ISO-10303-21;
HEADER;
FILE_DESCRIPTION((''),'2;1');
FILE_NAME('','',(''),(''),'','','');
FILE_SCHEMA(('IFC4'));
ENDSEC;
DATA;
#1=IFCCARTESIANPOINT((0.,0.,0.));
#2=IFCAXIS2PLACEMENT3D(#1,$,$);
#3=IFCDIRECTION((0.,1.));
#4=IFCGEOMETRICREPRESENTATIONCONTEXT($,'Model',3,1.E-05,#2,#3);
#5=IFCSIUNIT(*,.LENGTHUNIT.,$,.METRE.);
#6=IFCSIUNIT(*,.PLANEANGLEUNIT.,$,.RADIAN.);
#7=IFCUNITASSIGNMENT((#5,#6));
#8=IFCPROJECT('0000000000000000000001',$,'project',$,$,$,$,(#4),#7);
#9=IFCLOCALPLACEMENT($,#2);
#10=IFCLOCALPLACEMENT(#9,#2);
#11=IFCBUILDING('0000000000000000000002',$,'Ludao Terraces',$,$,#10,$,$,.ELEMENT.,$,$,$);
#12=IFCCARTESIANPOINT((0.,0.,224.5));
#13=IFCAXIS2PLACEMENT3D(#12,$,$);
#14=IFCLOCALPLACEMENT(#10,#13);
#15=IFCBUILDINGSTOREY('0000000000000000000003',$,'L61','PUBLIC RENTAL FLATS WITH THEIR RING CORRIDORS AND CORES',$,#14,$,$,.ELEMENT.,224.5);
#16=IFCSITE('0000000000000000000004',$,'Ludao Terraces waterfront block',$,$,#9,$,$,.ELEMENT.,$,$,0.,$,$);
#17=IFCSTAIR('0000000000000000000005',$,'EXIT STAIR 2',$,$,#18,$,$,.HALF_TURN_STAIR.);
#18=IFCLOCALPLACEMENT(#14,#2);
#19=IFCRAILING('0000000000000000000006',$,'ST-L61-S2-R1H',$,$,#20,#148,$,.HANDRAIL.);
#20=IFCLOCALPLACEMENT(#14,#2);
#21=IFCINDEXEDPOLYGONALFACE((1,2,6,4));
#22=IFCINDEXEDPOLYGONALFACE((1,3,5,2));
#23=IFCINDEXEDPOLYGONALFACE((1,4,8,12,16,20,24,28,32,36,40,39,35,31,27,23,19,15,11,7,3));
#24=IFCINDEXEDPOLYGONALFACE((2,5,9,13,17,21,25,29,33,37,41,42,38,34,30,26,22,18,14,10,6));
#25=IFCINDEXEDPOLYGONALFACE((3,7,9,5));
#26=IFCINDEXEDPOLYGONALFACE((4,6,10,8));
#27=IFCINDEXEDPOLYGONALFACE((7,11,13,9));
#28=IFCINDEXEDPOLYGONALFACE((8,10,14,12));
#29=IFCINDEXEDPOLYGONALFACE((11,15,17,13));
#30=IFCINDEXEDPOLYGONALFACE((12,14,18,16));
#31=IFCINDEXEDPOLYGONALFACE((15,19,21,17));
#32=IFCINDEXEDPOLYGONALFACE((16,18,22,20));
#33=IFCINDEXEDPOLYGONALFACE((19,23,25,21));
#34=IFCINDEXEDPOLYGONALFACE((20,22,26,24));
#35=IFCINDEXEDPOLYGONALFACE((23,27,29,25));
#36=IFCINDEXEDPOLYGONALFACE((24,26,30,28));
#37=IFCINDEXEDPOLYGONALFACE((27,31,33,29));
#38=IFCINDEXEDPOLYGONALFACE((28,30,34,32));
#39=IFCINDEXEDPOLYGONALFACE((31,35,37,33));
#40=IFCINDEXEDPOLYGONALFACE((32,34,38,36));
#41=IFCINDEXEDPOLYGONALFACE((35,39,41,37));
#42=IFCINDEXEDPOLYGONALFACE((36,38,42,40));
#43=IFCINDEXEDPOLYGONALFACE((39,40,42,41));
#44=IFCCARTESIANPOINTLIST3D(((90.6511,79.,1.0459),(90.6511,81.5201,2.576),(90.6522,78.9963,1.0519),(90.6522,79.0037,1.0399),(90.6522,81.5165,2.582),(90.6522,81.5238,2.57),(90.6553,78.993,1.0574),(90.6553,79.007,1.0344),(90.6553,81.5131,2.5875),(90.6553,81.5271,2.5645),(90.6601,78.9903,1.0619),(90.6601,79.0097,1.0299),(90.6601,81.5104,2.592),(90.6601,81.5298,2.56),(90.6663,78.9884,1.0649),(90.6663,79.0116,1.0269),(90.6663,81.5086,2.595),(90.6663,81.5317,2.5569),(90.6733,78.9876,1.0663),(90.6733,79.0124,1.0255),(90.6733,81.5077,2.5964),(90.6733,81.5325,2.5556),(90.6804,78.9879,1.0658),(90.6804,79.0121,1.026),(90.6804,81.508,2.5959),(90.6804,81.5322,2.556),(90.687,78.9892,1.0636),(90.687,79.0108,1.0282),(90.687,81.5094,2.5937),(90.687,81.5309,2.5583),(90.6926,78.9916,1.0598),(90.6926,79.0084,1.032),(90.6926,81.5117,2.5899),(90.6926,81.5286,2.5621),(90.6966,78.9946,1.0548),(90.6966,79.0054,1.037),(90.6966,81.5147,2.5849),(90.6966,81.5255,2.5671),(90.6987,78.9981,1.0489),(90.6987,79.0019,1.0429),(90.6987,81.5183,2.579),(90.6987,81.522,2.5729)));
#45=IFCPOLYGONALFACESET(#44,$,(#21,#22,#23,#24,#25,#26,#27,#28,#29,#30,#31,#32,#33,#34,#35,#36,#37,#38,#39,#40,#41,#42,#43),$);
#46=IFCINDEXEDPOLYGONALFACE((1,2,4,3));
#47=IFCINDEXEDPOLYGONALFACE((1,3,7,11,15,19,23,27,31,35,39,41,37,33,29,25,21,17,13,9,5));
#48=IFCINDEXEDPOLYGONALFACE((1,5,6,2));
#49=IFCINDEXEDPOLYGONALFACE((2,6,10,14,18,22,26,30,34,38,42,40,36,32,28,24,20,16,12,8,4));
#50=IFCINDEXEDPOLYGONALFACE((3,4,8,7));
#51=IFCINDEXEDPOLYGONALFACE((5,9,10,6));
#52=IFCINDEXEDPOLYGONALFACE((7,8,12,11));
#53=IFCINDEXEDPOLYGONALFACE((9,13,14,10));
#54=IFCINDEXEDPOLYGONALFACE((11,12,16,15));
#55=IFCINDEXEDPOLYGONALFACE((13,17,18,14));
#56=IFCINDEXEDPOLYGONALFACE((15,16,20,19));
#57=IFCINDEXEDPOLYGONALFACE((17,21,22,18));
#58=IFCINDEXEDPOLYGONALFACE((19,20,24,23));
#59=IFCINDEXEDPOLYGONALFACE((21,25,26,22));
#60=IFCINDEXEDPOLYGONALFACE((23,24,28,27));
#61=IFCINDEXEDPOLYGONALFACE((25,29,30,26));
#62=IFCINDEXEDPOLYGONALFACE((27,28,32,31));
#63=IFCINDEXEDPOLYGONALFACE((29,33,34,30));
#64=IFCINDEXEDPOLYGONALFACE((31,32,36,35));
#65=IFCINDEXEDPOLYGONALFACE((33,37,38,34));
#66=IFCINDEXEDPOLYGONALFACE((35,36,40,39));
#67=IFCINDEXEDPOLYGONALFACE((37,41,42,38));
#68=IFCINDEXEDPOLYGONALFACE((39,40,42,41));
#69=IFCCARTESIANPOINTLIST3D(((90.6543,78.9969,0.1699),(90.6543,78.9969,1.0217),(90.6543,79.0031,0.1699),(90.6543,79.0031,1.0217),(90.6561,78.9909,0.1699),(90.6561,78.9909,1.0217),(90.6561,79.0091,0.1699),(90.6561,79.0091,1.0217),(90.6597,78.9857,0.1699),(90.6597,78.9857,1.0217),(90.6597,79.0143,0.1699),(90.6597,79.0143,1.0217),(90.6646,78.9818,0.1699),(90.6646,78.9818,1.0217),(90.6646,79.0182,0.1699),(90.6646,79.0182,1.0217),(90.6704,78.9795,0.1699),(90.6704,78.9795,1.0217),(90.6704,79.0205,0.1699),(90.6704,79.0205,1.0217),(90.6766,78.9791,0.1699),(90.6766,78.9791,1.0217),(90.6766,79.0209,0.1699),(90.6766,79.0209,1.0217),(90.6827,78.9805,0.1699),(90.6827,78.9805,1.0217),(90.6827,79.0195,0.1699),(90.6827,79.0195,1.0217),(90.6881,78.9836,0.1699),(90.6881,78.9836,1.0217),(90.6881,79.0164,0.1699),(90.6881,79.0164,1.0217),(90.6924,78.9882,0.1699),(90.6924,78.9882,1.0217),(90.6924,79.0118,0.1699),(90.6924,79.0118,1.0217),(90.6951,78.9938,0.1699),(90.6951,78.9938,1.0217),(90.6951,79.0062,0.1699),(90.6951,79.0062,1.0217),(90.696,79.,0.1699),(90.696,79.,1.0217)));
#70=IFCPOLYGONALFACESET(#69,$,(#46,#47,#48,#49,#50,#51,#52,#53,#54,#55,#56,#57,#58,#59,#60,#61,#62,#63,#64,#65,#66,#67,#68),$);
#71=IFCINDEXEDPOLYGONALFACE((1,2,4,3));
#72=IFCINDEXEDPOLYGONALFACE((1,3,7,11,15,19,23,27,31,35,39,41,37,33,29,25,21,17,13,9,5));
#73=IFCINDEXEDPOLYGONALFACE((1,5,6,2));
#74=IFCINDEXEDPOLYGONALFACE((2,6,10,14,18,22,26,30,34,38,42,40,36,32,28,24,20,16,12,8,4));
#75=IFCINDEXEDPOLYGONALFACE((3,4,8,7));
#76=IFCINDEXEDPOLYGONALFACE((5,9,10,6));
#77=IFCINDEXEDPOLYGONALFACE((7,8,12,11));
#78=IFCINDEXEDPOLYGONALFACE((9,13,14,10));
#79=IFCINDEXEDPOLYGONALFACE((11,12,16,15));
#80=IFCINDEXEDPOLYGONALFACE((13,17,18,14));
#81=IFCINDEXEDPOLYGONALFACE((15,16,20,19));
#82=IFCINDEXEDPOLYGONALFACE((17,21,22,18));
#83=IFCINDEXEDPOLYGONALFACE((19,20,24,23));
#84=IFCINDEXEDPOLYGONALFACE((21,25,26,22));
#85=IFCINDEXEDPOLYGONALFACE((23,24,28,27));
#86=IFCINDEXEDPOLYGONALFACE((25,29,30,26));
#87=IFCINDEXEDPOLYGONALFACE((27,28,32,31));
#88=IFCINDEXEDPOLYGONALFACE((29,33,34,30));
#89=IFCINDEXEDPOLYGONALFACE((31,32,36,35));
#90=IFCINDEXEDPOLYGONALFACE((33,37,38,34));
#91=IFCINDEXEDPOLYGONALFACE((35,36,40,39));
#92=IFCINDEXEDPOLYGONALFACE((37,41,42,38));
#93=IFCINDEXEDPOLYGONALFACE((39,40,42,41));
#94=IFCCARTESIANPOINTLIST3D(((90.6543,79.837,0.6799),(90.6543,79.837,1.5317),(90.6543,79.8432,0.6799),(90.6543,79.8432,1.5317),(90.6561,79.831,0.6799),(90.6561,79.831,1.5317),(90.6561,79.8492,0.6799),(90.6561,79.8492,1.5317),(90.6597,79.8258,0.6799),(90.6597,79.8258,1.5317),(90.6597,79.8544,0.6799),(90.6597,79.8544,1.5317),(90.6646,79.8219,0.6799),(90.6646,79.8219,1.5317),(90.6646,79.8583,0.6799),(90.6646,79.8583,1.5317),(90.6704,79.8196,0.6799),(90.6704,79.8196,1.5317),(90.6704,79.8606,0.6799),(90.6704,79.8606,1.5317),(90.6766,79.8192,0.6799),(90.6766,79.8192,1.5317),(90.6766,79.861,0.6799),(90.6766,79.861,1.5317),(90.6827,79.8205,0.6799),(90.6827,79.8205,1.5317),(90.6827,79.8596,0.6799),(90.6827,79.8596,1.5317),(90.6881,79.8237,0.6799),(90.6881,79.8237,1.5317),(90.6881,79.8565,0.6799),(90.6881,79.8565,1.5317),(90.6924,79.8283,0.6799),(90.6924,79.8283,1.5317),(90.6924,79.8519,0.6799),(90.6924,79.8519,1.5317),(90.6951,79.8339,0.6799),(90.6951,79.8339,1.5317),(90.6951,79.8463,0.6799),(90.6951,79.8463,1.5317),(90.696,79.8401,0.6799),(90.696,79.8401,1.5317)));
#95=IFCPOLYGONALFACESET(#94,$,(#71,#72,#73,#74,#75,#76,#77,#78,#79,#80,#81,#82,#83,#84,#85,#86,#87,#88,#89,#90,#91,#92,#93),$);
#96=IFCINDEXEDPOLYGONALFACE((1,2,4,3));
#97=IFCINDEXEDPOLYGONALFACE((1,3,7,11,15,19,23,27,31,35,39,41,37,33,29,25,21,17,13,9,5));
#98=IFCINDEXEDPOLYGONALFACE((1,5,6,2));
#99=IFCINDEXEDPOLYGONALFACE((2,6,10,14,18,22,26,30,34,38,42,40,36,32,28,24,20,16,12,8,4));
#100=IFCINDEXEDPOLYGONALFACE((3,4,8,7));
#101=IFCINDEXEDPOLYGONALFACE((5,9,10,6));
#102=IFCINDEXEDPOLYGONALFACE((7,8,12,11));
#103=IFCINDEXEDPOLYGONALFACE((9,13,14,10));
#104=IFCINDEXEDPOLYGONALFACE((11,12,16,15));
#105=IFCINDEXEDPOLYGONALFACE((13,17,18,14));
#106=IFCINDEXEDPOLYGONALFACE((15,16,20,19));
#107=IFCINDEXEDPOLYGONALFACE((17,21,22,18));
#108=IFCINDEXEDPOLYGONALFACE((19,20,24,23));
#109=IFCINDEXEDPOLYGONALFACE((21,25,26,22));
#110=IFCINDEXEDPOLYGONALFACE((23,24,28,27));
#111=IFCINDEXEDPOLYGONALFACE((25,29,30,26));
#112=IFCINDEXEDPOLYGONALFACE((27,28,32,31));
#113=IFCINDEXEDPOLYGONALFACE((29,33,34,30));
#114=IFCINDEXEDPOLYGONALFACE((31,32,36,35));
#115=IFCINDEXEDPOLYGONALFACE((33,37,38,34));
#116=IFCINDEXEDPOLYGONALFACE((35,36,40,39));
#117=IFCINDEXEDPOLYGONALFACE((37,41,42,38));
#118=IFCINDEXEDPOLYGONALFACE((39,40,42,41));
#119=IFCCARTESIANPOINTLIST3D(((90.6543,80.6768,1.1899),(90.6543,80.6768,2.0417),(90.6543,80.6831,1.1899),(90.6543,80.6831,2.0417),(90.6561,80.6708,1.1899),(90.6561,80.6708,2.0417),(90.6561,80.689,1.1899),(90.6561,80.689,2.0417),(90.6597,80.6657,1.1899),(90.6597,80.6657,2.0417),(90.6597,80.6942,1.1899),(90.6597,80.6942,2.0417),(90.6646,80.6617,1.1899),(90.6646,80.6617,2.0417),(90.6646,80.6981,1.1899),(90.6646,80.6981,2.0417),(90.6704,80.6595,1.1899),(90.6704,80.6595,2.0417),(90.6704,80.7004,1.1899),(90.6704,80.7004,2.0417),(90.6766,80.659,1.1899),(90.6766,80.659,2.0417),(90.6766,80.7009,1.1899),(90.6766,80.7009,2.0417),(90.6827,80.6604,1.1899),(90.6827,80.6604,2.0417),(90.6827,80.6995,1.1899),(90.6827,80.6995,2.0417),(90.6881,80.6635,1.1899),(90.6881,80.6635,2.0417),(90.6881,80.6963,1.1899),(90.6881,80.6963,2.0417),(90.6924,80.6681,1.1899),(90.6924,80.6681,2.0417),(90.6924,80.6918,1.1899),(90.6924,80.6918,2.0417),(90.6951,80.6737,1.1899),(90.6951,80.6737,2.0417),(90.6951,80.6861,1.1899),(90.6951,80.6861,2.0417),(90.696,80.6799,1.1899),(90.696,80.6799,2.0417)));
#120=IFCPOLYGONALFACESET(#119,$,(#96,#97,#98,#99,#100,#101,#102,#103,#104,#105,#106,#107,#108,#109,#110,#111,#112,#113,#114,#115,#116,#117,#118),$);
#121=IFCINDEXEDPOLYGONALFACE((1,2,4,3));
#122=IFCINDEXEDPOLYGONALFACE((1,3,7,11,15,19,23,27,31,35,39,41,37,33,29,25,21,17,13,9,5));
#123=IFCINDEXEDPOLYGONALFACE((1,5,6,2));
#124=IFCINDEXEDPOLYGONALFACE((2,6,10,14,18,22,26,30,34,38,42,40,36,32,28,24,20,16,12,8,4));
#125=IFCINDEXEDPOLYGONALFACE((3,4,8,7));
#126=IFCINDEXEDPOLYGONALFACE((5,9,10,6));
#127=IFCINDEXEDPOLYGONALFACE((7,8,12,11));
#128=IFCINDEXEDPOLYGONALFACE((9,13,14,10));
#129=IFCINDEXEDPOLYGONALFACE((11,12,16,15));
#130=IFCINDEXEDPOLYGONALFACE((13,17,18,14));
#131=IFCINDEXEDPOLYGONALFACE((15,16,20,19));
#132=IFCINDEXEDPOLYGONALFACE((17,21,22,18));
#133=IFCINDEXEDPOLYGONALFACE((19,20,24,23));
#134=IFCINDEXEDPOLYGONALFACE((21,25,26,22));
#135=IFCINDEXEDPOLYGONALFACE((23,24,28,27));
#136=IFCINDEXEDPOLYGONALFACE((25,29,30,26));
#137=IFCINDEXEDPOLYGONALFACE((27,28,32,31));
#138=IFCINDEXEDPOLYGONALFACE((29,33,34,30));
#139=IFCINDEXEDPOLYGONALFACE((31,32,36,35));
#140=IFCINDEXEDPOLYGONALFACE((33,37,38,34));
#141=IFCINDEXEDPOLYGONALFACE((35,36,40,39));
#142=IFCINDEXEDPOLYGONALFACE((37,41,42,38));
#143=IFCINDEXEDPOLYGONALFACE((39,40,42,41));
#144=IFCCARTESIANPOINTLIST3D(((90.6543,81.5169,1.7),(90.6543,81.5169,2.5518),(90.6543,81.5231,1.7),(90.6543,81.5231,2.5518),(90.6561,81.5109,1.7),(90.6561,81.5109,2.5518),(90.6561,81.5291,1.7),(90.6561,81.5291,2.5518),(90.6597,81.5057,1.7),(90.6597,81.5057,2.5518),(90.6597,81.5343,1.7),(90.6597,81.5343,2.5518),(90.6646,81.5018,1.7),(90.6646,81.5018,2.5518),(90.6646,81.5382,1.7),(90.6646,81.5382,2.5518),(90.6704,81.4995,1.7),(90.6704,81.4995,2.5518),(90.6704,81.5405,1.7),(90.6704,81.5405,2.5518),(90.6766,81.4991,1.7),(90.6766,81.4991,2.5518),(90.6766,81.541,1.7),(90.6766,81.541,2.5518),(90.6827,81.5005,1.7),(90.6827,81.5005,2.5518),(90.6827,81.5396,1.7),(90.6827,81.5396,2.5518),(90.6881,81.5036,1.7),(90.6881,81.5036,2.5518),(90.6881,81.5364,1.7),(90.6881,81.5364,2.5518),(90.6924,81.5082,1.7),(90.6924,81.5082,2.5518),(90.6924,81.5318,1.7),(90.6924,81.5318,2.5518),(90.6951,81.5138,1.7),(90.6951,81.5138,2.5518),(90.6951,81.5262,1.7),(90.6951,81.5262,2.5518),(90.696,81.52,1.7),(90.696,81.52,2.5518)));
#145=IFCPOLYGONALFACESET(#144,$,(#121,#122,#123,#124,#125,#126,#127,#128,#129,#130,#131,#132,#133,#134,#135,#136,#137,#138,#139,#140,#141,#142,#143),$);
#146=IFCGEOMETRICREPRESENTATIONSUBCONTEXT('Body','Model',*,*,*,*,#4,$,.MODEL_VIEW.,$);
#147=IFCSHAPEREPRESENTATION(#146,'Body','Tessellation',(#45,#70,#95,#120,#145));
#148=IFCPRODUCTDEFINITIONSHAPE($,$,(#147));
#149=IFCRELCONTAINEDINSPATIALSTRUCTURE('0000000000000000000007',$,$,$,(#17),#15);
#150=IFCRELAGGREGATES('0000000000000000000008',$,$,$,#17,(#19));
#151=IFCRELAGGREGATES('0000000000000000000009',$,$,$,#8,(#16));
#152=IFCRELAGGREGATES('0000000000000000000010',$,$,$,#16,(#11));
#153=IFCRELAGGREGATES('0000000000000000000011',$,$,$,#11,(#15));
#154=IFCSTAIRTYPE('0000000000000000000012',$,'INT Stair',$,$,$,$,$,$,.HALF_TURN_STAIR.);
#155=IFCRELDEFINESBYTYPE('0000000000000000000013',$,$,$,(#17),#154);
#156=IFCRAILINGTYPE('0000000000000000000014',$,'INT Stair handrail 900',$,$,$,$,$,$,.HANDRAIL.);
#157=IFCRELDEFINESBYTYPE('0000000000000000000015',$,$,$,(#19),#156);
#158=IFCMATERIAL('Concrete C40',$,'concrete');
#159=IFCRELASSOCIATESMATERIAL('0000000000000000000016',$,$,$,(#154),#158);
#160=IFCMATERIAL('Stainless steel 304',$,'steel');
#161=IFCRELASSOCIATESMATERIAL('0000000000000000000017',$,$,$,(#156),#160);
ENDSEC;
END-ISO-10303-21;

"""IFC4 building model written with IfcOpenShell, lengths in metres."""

from ifc_helpers import new_model, si_unit, direction, frame, origin, origin_2d, place, context, subcontext, project, spatial, circle, extrude, material, type_object, element, aggregate, save


model = new_model("IFC4")

# Units and contexts
model_context = context("Model", 3, precision=1e-05, world=origin(), true_north=direction((0.0, 1.0)))
body_context = subcontext(model_context, "Body", "Model", "MODEL_VIEW")
ifc_project = project(units=[si_unit("LENGTHUNIT", "METRE"), si_unit("PLANEANGLEUNIT", "RADIAN")], contexts=[model_context])

# Site, building, storey
site_placement = place(None, origin())
site = spatial("IfcSite", under=ifc_project, at=site_placement, Name="Ludao Terraces waterfront block", CompositionType="ELEMENT", RefElevation=0.0)
building_placement = place(site_placement, origin())
building = spatial("IfcBuilding", under=site, at=building_placement, Name="Ludao Terraces", CompositionType="ELEMENT")
storey_placement = place(building_placement, frame((0.0, 0.0, 224.5)))
storey = spatial("IfcBuildingStorey", under=building, at=storey_placement, Name="L61", Description="PUBLIC RENTAL FLATS WITH THEIR RING CORRIDORS AND CORES", CompositionType="ELEMENT", Elevation=224.5)

# Shared definitions
ifc_material_1 = material(Name="Stainless steel 304", Category="steel")

# Stair, railing
ifc_material_2 = material(Name="Concrete C40", Category="concrete")
stair_type = type_object("IfcStairType", Name="INT Stair", PredefinedType="HALF_TURN_STAIR", material=ifc_material_2)
stair_placement = place(storey_placement, origin())
stair = element("IfcStair", 1, at=stair_placement, inside=storey, type_object=stair_type, Name="EXIT STAIR 2", PredefinedType="HALF_TURN_STAIR")
railing_type_1 = type_object("IfcRailingType", Name="INT Stair handrail 900", PredefinedType="HANDRAIL", material=ifc_material_1)
railing_1_placement = place(storey_placement, frame((90.675, 79.0, 0.1699)))
railing_1 = element("IfcRailing", 2, at=railing_1_placement, type_object=railing_type_1, Name="ST-L61-S2-R1H", PredefinedType="HANDRAIL", context=body_context, shape_type="SweptSolid", body=[
    extrude(circle(Radius=0.0239, at=origin_2d()), frame((0.0, 0.0, 0.876), z_axis=(0.0, 0.854785, 0.518982), x_axis=(-1.0, 0.0, 0.0)), (0.0, 0.0, 1.0), 2.9482),
    extrude(circle(Radius=0.021, at=origin_2d()), origin(), (0.0, 0.0, 1.0), 0.8518),
    extrude(circle(Radius=0.021, at=origin_2d()), frame((0.0, 0.8401, 0.51)), (0.0, 0.0, 1.0), 0.8518),
    extrude(circle(Radius=0.021, at=origin_2d()), frame((0.0, 1.6799, 1.02)), (0.0, 0.0, 1.0), 0.8518),
    extrude(circle(Radius=0.021, at=origin_2d()), frame((0.0, 2.52, 1.53)), (0.0, 0.0, 1.0), 0.8518),
])
aggregate(stair, [railing_1])

save(model, "model.ifc")
